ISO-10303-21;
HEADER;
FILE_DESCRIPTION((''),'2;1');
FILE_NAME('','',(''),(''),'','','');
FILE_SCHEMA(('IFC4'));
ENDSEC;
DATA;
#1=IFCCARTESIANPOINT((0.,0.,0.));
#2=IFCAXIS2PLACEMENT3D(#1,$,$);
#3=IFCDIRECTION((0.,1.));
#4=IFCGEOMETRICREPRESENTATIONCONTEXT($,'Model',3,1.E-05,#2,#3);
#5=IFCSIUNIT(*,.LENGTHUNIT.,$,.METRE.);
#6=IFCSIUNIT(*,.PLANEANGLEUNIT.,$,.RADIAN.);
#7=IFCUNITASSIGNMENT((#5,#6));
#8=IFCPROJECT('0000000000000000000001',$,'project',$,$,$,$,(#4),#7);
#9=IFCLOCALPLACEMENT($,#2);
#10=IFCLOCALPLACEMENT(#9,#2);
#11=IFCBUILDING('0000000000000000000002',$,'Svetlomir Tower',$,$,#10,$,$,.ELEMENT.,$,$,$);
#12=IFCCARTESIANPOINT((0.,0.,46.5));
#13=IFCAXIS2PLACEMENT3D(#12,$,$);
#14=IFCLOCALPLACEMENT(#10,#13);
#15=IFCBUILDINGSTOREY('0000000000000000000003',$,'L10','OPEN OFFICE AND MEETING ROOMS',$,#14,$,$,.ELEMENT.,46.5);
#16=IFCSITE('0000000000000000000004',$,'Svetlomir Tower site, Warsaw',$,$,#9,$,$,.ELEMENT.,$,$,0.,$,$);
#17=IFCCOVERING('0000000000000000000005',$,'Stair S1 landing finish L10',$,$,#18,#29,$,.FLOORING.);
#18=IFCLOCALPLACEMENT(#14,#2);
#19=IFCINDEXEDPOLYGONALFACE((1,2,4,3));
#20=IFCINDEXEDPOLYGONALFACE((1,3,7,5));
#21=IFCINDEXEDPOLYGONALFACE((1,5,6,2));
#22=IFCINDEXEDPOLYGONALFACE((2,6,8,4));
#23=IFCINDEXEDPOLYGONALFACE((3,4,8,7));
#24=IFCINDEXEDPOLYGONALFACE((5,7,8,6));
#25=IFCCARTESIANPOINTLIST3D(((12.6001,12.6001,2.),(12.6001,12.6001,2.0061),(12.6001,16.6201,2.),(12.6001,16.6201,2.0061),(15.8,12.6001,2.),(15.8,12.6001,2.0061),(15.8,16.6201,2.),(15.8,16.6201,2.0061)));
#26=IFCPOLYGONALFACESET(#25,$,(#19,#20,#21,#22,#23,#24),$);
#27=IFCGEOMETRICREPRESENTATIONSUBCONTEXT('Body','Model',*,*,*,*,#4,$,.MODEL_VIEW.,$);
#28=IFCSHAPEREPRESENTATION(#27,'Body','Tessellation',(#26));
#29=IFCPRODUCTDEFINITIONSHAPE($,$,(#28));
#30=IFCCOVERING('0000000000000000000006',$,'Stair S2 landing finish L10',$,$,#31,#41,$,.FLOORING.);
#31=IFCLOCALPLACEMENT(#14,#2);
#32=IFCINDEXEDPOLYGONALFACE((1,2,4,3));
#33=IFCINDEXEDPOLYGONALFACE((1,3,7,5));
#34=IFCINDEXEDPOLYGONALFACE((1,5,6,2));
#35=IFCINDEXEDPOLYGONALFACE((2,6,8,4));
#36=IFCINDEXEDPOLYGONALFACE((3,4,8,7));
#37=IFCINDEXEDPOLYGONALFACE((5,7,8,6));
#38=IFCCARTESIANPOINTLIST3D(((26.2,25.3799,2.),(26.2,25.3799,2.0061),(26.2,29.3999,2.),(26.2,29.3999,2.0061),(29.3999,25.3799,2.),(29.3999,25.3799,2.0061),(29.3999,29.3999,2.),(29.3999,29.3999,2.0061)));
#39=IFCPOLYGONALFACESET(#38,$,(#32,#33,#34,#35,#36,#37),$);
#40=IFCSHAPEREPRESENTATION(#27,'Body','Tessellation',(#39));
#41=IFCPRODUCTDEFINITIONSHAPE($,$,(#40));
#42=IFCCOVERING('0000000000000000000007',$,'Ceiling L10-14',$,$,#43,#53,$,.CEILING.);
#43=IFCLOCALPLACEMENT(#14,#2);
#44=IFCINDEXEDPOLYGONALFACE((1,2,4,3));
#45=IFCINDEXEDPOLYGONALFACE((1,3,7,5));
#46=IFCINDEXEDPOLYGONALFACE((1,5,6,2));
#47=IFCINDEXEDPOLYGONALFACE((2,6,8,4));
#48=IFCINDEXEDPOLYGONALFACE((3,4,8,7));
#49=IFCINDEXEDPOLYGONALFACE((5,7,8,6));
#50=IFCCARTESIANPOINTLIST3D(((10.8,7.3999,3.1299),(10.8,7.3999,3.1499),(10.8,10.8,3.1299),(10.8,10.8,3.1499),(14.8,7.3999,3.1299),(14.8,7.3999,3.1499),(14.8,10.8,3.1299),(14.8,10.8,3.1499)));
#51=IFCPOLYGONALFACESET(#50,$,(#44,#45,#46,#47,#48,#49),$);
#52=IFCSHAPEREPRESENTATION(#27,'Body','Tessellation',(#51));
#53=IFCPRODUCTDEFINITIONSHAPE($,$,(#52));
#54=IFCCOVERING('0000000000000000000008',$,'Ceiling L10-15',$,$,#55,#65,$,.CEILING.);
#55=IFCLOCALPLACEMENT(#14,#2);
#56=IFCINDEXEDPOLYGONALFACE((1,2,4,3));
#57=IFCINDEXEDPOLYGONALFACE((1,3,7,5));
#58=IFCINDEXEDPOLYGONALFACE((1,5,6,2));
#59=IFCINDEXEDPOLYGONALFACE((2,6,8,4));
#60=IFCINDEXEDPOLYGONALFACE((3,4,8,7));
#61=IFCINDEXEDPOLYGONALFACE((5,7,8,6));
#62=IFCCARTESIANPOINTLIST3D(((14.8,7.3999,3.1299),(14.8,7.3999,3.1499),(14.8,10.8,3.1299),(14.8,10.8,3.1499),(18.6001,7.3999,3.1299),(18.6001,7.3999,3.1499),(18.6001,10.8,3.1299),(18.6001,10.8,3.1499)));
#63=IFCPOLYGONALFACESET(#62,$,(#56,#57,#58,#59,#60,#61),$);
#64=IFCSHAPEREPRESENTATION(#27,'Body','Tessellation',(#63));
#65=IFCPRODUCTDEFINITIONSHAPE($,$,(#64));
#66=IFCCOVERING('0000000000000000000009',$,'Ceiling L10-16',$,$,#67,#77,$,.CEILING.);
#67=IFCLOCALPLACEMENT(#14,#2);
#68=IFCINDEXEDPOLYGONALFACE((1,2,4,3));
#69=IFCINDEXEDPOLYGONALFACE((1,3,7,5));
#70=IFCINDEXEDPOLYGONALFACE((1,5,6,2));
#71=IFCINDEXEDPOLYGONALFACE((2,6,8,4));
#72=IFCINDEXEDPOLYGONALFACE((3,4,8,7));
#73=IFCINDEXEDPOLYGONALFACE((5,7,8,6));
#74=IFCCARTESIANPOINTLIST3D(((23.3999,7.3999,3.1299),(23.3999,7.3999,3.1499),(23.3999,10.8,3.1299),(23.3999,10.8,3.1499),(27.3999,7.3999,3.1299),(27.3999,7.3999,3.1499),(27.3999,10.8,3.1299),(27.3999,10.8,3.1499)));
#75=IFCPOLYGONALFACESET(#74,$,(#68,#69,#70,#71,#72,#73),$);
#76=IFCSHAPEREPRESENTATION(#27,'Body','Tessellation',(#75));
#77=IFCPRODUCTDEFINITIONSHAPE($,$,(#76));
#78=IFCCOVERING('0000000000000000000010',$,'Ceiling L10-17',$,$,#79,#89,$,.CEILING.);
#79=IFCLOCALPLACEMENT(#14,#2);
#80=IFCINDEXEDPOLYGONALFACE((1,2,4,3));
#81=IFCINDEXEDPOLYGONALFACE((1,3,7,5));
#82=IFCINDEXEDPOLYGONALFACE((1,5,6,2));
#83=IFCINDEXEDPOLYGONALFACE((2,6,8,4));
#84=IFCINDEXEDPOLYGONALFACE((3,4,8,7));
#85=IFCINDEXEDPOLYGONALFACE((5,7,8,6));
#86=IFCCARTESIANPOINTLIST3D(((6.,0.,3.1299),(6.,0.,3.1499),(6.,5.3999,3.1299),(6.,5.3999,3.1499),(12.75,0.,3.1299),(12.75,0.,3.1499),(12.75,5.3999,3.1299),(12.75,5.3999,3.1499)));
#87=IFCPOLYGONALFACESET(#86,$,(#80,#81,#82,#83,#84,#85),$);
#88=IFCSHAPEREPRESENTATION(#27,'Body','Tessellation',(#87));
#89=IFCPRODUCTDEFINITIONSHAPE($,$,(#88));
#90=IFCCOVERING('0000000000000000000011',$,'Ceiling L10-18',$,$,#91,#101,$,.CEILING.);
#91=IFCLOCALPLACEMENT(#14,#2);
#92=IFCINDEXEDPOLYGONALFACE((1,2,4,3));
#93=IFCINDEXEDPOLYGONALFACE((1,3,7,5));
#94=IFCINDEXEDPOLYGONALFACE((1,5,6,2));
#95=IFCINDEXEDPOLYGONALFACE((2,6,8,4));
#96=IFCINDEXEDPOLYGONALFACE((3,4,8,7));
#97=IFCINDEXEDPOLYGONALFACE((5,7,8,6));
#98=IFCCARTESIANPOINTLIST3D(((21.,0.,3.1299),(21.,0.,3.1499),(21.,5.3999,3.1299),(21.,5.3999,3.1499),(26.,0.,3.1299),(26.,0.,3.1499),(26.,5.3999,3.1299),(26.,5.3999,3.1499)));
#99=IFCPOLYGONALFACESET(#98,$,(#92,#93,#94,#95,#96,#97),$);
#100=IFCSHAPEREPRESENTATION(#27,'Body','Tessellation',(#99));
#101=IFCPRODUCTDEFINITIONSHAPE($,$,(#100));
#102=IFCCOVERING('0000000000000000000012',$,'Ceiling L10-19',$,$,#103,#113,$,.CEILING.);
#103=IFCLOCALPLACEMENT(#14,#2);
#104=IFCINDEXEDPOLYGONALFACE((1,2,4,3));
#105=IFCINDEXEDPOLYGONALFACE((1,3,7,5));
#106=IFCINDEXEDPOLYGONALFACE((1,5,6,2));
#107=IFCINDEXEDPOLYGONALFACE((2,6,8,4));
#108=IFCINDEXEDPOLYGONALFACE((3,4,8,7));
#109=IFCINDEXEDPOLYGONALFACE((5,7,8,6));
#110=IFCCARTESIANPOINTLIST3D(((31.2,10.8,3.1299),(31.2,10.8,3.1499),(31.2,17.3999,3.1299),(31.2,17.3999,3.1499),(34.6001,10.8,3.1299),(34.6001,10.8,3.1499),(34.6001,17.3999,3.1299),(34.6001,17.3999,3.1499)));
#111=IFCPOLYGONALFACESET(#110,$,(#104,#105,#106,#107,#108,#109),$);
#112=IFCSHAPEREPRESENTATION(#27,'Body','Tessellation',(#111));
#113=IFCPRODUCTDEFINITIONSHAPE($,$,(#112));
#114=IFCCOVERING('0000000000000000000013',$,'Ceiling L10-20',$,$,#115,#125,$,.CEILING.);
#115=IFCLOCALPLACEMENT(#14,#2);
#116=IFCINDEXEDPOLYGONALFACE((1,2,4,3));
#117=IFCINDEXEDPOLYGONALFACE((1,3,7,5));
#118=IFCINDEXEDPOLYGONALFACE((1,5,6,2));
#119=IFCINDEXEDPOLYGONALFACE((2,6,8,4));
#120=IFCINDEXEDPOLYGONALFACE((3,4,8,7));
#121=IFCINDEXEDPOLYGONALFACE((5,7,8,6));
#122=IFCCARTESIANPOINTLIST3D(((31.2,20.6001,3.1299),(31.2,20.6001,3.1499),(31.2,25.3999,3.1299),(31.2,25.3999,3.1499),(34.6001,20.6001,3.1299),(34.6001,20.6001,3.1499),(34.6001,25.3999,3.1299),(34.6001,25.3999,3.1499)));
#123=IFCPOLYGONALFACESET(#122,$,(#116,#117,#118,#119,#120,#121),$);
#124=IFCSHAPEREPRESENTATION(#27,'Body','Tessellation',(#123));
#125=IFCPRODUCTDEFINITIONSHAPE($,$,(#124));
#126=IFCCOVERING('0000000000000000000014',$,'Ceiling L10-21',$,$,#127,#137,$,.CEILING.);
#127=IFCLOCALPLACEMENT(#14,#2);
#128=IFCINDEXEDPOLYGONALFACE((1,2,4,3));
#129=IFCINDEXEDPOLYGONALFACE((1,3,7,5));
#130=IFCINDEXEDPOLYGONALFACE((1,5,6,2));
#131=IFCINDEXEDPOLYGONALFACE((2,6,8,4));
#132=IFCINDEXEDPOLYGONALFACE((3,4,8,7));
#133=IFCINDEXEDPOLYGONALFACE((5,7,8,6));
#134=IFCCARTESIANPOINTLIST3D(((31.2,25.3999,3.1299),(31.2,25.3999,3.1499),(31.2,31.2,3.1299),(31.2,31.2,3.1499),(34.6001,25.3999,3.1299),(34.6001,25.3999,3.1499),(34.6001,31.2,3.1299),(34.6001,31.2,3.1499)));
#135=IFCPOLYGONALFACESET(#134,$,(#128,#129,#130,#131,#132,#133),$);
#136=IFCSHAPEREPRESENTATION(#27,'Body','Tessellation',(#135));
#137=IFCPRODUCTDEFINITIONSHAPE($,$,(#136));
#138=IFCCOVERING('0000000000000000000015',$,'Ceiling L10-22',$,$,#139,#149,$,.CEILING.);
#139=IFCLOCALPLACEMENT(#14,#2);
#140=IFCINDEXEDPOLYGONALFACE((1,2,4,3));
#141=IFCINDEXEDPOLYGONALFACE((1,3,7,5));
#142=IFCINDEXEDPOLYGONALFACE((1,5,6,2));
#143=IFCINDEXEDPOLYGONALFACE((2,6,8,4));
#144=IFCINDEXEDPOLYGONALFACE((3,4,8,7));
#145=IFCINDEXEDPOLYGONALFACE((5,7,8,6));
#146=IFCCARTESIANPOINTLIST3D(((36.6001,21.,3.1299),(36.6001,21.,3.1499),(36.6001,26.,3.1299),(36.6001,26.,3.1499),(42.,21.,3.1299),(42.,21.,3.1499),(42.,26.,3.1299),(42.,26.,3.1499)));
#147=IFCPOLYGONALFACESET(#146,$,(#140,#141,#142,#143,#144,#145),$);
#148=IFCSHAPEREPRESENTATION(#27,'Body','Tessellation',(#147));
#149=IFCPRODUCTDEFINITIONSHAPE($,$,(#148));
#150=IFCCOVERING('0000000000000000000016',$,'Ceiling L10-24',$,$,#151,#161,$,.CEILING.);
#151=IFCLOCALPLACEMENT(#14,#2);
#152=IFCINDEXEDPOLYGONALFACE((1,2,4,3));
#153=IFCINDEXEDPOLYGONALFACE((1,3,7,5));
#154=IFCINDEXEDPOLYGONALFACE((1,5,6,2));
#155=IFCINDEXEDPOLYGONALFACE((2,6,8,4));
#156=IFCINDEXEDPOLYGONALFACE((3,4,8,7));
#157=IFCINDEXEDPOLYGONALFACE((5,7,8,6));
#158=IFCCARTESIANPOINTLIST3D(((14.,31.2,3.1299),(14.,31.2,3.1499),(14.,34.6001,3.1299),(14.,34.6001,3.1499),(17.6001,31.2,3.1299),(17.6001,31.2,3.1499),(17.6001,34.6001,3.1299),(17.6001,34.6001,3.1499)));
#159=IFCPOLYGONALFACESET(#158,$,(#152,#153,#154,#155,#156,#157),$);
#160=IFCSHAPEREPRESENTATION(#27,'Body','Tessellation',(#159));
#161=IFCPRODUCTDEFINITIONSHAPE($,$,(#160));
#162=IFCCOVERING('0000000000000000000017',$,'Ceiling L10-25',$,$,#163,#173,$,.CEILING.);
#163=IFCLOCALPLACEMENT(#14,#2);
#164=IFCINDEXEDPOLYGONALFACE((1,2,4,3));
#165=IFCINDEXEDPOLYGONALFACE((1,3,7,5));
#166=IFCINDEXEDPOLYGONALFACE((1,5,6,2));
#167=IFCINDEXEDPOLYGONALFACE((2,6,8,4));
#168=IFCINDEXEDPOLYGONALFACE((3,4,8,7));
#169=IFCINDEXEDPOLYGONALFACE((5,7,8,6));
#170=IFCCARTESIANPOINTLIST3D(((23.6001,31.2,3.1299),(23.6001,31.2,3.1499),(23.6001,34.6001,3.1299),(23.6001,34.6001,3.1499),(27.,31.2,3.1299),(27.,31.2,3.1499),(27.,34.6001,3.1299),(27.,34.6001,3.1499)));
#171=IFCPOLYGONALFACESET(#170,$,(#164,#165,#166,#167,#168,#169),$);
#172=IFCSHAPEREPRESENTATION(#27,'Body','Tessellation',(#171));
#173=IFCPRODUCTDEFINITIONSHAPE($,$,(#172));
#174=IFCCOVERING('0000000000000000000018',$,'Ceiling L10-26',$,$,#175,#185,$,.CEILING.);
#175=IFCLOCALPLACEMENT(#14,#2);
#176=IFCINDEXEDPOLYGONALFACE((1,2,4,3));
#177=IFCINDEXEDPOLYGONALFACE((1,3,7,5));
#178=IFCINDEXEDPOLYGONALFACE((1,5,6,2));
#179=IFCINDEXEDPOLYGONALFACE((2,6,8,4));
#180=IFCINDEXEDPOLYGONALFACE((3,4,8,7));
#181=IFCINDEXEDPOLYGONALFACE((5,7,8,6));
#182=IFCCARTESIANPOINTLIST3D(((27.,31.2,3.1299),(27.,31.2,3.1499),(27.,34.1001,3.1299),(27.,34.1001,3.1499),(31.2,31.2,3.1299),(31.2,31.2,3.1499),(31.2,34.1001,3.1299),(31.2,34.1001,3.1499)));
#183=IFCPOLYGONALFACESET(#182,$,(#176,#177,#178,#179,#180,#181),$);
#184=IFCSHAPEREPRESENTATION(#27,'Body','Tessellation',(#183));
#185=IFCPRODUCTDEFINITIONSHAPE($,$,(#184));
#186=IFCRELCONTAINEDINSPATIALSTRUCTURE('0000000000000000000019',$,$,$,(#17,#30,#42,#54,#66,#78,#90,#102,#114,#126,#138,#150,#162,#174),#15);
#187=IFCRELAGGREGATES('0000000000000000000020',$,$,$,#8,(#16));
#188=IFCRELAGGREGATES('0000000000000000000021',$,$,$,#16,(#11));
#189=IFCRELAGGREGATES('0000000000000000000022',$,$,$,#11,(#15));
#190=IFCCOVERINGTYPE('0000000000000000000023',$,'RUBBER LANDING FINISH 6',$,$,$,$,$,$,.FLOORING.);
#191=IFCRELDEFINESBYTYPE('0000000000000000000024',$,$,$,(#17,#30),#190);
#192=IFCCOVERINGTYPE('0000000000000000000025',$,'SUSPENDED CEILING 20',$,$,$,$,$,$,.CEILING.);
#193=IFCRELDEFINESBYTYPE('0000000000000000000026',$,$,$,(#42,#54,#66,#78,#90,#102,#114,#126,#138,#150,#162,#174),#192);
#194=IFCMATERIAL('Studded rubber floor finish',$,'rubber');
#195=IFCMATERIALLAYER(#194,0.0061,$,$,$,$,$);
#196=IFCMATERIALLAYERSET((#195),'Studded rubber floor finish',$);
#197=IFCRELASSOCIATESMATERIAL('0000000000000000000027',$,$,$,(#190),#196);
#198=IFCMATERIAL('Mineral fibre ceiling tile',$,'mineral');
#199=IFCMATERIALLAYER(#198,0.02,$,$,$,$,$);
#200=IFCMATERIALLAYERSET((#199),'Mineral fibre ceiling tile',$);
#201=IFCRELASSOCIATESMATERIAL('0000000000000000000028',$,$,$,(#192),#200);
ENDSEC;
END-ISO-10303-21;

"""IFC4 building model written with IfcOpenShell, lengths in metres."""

from ifc_helpers import new_model, si_unit, direction, frame, origin, place, context, subcontext, project, spatial, polyline, outline, extrude, material, layer, layer_set, type_object, element, save


model = new_model("IFC4")

# Units and contexts
model_context = context("Model", 3, precision=1e-05, world=origin(), true_north=direction((0.0, 1.0)))
body_context = subcontext(model_context, "Body", "Model", "MODEL_VIEW")
ifc_project = project(units=[si_unit("LENGTHUNIT", "METRE"), si_unit("PLANEANGLEUNIT", "RADIAN")], contexts=[model_context])

# Site, building, storey
site_placement = place(None, origin())
site = spatial("IfcSite", under=ifc_project, at=site_placement, Name="Svetlomir Tower site, Warsaw", CompositionType="ELEMENT", RefElevation=0.0)
building_placement = place(site_placement, origin())
building = spatial("IfcBuilding", under=site, at=building_placement, Name="Svetlomir Tower", CompositionType="ELEMENT")
storey_placement = place(building_placement, frame((0.0, 0.0, 46.5)))
storey = spatial("IfcBuildingStorey", under=building, at=storey_placement, Name="L10", Description="OPEN OFFICE AND MEETING ROOMS", CompositionType="ELEMENT", Elevation=46.5)

# Coverings
ifc_material_1 = material(Name="Studded rubber floor finish", Category="rubber")
ifc_layer_1 = layer(ifc_material_1, 0.0061)
ifc_layer_set_1 = layer_set([ifc_layer_1], Name="Studded rubber floor finish")
covering_type_1 = type_object("IfcCoveringType", Name="RUBBER LANDING FINISH 6", PredefinedType="FLOORING", material=ifc_layer_set_1)
covering_1_placement = place(storey_placement, frame((0.0, 0.0, 2.0)))
element("IfcCovering", 1, at=covering_1_placement, inside=storey, type_object=covering_type_1, Name="Stair S1 landing finish L10", PredefinedType="FLOORING", context=body_context, shape_type="SweptSolid", body=[
    extrude(outline(polyline([(12.6001, 12.6001), (15.8, 12.6001), (15.8, 16.6201), (12.6001, 16.6201), (12.6001, 12.6001)])), origin(), (0.0, 0.0, 1.0), 0.0061),
])
covering_2_placement = place(storey_placement, frame((0.0, 0.0, 2.0)))
element("IfcCovering", 2, at=covering_2_placement, inside=storey, type_object=covering_type_1, Name="Stair S2 landing finish L10", PredefinedType="FLOORING", context=body_context, shape_type="SweptSolid", body=[
    extrude(outline(polyline([(26.2, 25.3799), (29.3999, 25.3799), (29.3999, 29.3999), (26.2, 29.3999), (26.2, 25.3799)])), origin(), (0.0, 0.0, 1.0), 0.0061),
])
ifc_material_2 = material(Name="Mineral fibre ceiling tile", Category="mineral")
ifc_layer_2 = layer(ifc_material_2, 0.02)
ifc_layer_set_2 = layer_set([ifc_layer_2], Name="Mineral fibre ceiling tile")
covering_type_2 = type_object("IfcCoveringType", Name="SUSPENDED CEILING 20", PredefinedType="CEILING", material=ifc_layer_set_2)
covering_3_placement = place(storey_placement, frame((0.0, 0.0, 3.1299)))
element("IfcCovering", 3, at=covering_3_placement, inside=storey, type_object=covering_type_2, Name="Ceiling L10-14", PredefinedType="CEILING", context=body_context, shape_type="SweptSolid", body=[
    extrude(outline(polyline([(10.8, 7.3999), (14.8, 7.3999), (14.8, 10.8), (10.8, 10.8), (10.8, 7.3999)])), origin(), (0.0, 0.0, 1.0), 0.02),
])
covering_4_placement = place(storey_placement, frame((0.0, 0.0, 3.1299)))
element("IfcCovering", 4, at=covering_4_placement, inside=storey, type_object=covering_type_2, Name="Ceiling L10-15", PredefinedType="CEILING", context=body_context, shape_type="SweptSolid", body=[
    extrude(outline(polyline([(14.8, 7.3999), (18.6001, 7.3999), (18.6001, 10.8), (14.8, 10.8), (14.8, 7.3999)])), origin(), (0.0, 0.0, 1.0), 0.02),
])
covering_5_placement = place(storey_placement, frame((0.0, 0.0, 3.1299)))
element("IfcCovering", 5, at=covering_5_placement, inside=storey, type_object=covering_type_2, Name="Ceiling L10-16", PredefinedType="CEILING", context=body_context, shape_type="SweptSolid", body=[
    extrude(outline(polyline([(23.3999, 7.3999), (27.3999, 7.3999), (27.3999, 10.8), (23.3999, 10.8), (23.3999, 7.3999)])), origin(), (0.0, 0.0, 1.0), 0.02),
])
covering_6_placement = place(storey_placement, frame((0.0, 0.0, 3.1299)))
element("IfcCovering", 6, at=covering_6_placement, inside=storey, type_object=covering_type_2, Name="Ceiling L10-17", PredefinedType="CEILING", context=body_context, shape_type="SweptSolid", body=[
    extrude(outline(polyline([(6.0, 0.0), (12.75, 0.0), (12.75, 5.3999), (6.0, 5.3999), (6.0, 0.0)])), origin(), (0.0, 0.0, 1.0), 0.02),
])
covering_7_placement = place(storey_placement, frame((0.0, 0.0, 3.1299)))
element("IfcCovering", 7, at=covering_7_placement, inside=storey, type_object=covering_type_2, Name="Ceiling L10-18", PredefinedType="CEILING", context=body_context, shape_type="SweptSolid", body=[
    extrude(outline(polyline([(21.0, 0.0), (26.0, 0.0), (26.0, 5.3999), (21.0, 5.3999), (21.0, 0.0)])), origin(), (0.0, 0.0, 1.0), 0.02),
])
covering_8_placement = place(storey_placement, frame((0.0, 0.0, 3.1299)))
element("IfcCovering", 8, at=covering_8_placement, inside=storey, type_object=covering_type_2, Name="Ceiling L10-19", PredefinedType="CEILING", context=body_context, shape_type="SweptSolid", body=[
    extrude(outline(polyline([(31.2, 10.8), (34.6001, 10.8), (34.6001, 17.3999), (31.2, 17.3999), (31.2, 10.8)])), origin(), (0.0, 0.0, 1.0), 0.02),
])
covering_9_placement = place(storey_placement, frame((0.0, 0.0, 3.1299)))
element("IfcCovering", 9, at=covering_9_placement, inside=storey, type_object=covering_type_2, Name="Ceiling L10-20", PredefinedType="CEILING", context=body_context, shape_type="SweptSolid", body=[
    extrude(outline(polyline([(31.2, 20.6001), (34.6001, 20.6001), (34.6001, 25.3999), (31.2, 25.3999), (31.2, 20.6001)])), origin(), (0.0, 0.0, 1.0), 0.02),
])
covering_10_placement = place(storey_placement, frame((0.0, 0.0, 3.1299)))
element("IfcCovering", 10, at=covering_10_placement, inside=storey, type_object=covering_type_2, Name="Ceiling L10-21", PredefinedType="CEILING", context=body_context, shape_type="SweptSolid", body=[
    extrude(outline(polyline([(31.2, 25.3999), (34.6001, 25.3999), (34.6001, 31.2), (31.2, 31.2), (31.2, 25.3999)])), origin(), (0.0, 0.0, 1.0), 0.02),
])
covering_11_placement = place(storey_placement, frame((0.0, 0.0, 3.1299)))
element("IfcCovering", 11, at=covering_11_placement, inside=storey, type_object=covering_type_2, Name="Ceiling L10-22", PredefinedType="CEILING", context=body_context, shape_type="SweptSolid", body=[
    extrude(outline(polyline([(36.6001, 21.0), (42.0, 21.0), (42.0, 26.0), (36.6001, 26.0), (36.6001, 21.0)])), origin(), (0.0, 0.0, 1.0), 0.02),
])
covering_12_placement = place(storey_placement, frame((0.0, 0.0, 3.1299)))
element("IfcCovering", 12, at=covering_12_placement, inside=storey, type_object=covering_type_2, Name="Ceiling L10-24", PredefinedType="CEILING", context=body_context, shape_type="SweptSolid", body=[
    extrude(outline(polyline([(14.0, 31.2), (17.6001, 31.2), (17.6001, 34.6001), (14.0, 34.6001), (14.0, 31.2)])), origin(), (0.0, 0.0, 1.0), 0.02),
])
covering_13_placement = place(storey_placement, frame((0.0, 0.0, 3.1299)))
element("IfcCovering", 13, at=covering_13_placement, inside=storey, type_object=covering_type_2, Name="Ceiling L10-25", PredefinedType="CEILING", context=body_context, shape_type="SweptSolid", body=[
    extrude(outline(polyline([(23.6001, 31.2), (27.0, 31.2), (27.0, 34.6001), (23.6001, 34.6001), (23.6001, 31.2)])), origin(), (0.0, 0.0, 1.0), 0.02),
])
covering_14_placement = place(storey_placement, frame((0.0, 0.0, 3.1299)))
element("IfcCovering", 14, at=covering_14_placement, inside=storey, type_object=covering_type_2, Name="Ceiling L10-26", PredefinedType="CEILING", context=body_context, shape_type="SweptSolid", body=[
    extrude(outline(polyline([(27.0, 31.2), (31.2, 31.2), (31.2, 34.1001), (27.0, 34.1001), (27.0, 31.2)])), origin(), (0.0, 0.0, 1.0), 0.02),
])

save(model, "model.ifc")
